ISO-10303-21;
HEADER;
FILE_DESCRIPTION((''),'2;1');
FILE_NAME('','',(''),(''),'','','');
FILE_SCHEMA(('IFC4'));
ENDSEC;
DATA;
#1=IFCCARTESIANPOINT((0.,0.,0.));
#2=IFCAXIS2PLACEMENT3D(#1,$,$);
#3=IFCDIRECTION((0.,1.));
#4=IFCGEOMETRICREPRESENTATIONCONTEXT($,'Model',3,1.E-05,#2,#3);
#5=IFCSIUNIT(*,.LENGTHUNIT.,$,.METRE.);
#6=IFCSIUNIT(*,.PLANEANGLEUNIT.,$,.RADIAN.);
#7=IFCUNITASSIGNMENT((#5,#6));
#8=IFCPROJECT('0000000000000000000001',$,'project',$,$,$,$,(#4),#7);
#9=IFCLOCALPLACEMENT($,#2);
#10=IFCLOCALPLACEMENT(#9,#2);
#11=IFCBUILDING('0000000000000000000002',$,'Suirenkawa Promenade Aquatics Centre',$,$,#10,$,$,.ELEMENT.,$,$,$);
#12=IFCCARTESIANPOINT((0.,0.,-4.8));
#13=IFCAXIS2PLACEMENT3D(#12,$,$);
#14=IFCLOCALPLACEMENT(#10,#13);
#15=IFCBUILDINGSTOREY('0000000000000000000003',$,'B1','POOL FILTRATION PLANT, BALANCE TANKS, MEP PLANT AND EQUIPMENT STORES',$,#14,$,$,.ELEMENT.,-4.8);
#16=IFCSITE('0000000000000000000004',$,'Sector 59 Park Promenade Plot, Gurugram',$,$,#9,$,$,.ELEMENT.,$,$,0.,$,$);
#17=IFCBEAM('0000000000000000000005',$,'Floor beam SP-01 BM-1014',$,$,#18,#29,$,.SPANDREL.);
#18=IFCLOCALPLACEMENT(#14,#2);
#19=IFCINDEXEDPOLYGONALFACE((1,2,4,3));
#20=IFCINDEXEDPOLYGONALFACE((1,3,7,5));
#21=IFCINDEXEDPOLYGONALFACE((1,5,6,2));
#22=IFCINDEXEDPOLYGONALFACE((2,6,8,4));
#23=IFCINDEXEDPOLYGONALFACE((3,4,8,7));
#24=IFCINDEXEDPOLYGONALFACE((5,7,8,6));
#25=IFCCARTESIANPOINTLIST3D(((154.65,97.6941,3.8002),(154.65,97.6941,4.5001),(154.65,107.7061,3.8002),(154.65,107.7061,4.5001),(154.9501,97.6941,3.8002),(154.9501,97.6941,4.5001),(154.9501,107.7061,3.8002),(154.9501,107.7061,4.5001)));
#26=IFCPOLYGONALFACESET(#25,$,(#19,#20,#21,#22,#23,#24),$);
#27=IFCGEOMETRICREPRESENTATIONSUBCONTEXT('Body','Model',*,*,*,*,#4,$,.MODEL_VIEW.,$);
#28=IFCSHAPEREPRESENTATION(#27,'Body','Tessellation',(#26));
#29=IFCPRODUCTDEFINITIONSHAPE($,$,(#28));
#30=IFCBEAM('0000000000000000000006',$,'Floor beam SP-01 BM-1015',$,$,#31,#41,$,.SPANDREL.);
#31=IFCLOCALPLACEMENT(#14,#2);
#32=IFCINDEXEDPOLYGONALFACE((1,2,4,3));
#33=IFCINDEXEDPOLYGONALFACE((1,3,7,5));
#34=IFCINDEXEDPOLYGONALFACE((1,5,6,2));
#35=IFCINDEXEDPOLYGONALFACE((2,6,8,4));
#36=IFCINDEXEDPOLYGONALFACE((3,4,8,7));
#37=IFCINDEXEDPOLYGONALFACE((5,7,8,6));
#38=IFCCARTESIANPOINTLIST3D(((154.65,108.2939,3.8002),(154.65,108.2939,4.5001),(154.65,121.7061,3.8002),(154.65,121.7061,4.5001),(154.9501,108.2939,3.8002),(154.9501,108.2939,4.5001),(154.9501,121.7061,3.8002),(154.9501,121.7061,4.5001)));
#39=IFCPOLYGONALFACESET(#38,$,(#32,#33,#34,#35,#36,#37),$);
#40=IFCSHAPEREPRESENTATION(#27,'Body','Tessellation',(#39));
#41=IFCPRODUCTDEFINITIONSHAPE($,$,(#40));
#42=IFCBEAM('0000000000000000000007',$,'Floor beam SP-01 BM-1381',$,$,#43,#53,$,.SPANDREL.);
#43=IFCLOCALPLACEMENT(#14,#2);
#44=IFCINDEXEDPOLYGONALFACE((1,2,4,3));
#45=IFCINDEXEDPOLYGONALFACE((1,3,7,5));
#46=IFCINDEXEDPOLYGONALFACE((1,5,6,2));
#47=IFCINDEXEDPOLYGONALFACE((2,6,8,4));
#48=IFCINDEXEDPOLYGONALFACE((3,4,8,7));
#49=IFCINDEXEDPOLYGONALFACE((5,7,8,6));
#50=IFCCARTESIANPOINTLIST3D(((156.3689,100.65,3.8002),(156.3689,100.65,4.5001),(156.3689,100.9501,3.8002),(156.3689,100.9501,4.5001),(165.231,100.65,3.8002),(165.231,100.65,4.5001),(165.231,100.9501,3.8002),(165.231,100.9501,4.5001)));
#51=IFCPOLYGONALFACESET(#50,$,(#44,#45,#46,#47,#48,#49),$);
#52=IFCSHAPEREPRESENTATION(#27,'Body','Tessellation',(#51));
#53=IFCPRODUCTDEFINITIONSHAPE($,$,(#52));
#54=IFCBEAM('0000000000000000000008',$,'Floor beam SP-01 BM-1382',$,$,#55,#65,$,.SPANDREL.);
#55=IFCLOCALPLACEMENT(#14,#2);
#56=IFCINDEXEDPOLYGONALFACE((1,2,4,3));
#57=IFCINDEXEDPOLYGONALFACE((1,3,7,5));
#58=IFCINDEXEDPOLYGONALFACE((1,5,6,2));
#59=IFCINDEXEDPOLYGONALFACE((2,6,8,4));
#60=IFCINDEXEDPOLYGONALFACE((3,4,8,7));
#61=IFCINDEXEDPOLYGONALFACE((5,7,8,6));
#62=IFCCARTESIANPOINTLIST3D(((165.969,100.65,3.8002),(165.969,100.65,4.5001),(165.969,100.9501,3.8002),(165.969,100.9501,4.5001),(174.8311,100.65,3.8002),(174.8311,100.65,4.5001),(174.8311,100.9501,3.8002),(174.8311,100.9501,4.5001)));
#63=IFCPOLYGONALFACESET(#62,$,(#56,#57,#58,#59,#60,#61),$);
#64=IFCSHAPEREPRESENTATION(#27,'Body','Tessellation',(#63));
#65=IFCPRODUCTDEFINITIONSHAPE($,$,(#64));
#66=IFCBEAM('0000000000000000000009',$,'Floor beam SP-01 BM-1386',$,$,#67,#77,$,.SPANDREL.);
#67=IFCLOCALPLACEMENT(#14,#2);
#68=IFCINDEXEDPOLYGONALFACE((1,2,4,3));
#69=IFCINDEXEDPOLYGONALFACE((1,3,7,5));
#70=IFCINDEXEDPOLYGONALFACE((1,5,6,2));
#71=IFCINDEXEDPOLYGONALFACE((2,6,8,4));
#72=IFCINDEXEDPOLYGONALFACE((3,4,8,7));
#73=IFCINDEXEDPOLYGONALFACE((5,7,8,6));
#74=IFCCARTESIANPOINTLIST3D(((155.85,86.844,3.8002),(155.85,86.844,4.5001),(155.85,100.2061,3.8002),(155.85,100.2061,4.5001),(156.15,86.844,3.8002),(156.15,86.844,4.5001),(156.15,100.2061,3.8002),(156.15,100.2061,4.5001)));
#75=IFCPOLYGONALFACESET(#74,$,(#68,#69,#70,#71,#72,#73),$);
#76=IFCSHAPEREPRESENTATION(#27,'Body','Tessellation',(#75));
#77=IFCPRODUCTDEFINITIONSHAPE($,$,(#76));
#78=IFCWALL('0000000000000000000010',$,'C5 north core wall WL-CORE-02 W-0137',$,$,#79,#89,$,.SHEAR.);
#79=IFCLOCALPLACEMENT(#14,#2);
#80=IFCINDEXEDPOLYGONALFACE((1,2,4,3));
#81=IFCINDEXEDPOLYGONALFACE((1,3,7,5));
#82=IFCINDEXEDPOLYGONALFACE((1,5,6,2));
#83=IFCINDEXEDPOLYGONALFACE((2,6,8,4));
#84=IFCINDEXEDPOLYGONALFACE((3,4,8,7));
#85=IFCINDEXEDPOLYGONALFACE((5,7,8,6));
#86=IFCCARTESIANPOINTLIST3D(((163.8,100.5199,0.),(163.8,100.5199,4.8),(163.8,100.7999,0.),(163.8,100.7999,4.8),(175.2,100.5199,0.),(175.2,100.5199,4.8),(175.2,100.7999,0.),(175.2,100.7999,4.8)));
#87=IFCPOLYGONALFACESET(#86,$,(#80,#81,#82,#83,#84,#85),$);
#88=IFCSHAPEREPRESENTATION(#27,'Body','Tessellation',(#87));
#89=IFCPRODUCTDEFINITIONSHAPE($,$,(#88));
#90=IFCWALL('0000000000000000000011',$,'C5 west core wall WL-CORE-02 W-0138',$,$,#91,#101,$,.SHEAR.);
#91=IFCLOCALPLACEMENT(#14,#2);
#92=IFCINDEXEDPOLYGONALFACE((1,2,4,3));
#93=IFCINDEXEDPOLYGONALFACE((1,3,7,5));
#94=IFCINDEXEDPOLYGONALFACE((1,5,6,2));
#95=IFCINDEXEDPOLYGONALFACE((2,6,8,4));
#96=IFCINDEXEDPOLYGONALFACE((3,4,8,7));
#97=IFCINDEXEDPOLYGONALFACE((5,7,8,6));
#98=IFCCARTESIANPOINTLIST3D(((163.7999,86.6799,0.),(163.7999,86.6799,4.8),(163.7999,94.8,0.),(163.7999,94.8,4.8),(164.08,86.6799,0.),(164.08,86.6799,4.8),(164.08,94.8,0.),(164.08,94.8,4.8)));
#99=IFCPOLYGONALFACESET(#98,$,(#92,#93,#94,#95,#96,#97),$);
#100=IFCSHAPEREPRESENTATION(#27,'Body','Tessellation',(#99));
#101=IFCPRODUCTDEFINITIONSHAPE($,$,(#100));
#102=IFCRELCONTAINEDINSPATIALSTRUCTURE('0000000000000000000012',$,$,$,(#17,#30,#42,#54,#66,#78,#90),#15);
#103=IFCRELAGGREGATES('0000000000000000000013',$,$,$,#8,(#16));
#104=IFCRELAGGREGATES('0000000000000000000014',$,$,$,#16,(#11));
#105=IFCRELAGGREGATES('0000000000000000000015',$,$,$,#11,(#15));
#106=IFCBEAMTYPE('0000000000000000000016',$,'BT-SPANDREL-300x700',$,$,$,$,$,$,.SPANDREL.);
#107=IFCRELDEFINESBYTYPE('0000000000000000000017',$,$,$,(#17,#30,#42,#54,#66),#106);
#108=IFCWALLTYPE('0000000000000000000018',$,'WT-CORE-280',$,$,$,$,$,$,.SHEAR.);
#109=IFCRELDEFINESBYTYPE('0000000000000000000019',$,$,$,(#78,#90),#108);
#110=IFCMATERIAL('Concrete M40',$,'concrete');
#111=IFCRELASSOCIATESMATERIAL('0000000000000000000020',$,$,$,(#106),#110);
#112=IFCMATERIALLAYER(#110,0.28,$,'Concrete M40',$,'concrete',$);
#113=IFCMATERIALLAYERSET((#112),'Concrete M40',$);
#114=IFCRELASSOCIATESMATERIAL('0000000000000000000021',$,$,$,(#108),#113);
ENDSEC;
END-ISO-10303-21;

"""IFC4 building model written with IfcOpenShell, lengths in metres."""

from ifc_helpers import new_model, si_unit, direction, frame, frame_2d, origin, origin_2d, place, context, subcontext, project, spatial, rectangle, extrude, material, layer, layer_set, material_profile, profile_set, type_object, element, save


model = new_model("IFC4")

# Units and contexts
model_context = context("Model", 3, precision=1e-05, world=origin(), true_north=direction((0.0, 1.0)))
body_context = subcontext(model_context, "Body", "Model", "MODEL_VIEW")
ifc_project = project(units=[si_unit("LENGTHUNIT", "METRE"), si_unit("PLANEANGLEUNIT", "RADIAN")], contexts=[model_context])

# Site, building, storey
site_placement = place(None, origin())
site = spatial("IfcSite", under=ifc_project, at=site_placement, Name="Sector 59 Park Promenade Plot, Gurugram", CompositionType="ELEMENT", RefElevation=0.0)
building_placement = place(site_placement, origin())
building = spatial("IfcBuilding", under=site, at=building_placement, Name="Suirenkawa Promenade Aquatics Centre", CompositionType="ELEMENT")
storey_placement = place(building_placement, frame((0.0, 0.0, -4.8)))
storey = spatial("IfcBuildingStorey", under=building, at=storey_placement, Name="B1", Description="POOL FILTRATION PLANT, BALANCE TANKS, MEP PLANT AND EQUIPMENT STORES", CompositionType="ELEMENT", Elevation=-4.8)

# Shared definitions
ifc_material_1 = material(Name="Concrete M40", Category="concrete")

# Beams
ifc_material_profile_1 = material_profile(ifc_material_1, rectangle(XDim=0.3, YDim=0.7, at=origin_2d()), Name="RC SPANDREL 300x700", Category="concrete")
ifc_profile_set_1 = profile_set([ifc_material_profile_1], Name="Concrete M40")
beam_type = type_object("IfcBeamType", Name="BT-SPANDREL-300x700", PredefinedType="SPANDREL", material=ifc_profile_set_1)
beam_1_placement = place(storey_placement, frame((154.8, 97.6941, 4.1501), z_axis=(0.0, 1.0, 0.0), x_axis=(-1.0, 0.0, 0.0)))
element("IfcBeam", 1, at=beam_1_placement, inside=storey, type_object=beam_type, Name="Floor beam SP-01 BM-1014", PredefinedType="SPANDREL", context=body_context, shape_type="SweptSolid", body=[
    extrude(rectangle(XDim=0.3, YDim=0.7, at=origin_2d()), origin(), (0.0, 0.0, 1.0), 10.012),
])
beam_2_placement = place(storey_placement, frame((154.8, 108.2939, 4.1501), z_axis=(0.0, 1.0, 0.0), x_axis=(-1.0, 0.0, 0.0)))
element("IfcBeam", 2, at=beam_2_placement, inside=storey, type_object=beam_type, Name="Floor beam SP-01 BM-1015", PredefinedType="SPANDREL", context=body_context, shape_type="SweptSolid", body=[
    extrude(rectangle(XDim=0.3, YDim=0.7, at=origin_2d()), origin(), (0.0, 0.0, 1.0), 13.4121),
])
for number, where, z_axis, x_axis, name in (
    (3, (156.3689, 100.8, 4.1501), (1.0, 0.0, 0.0), (0.0, 1.0, 0.0), "Floor beam SP-01 BM-1381"),
    (4, (165.969, 100.8, 4.1501), (1.0, 0.0, 0.0), (0.0, 1.0, 0.0), "Floor beam SP-01 BM-1382"),
):
    element("IfcBeam", number, at=place(storey_placement, frame(where, z_axis=z_axis, x_axis=x_axis)), inside=storey, type_object=beam_type, Name=name, PredefinedType="SPANDREL", context=body_context, shape_type="SweptSolid", body=[
        extrude(rectangle(XDim=0.3, YDim=0.7, at=origin_2d()), origin(), (0.0, 0.0, 1.0), 8.8621),
    ])
beam_3_placement = place(storey_placement, frame((156.0, 86.844, 4.1501), z_axis=(0.0, 1.0, 0.0), x_axis=(-1.0, 0.0, 0.0)))
element("IfcBeam", 5, at=beam_3_placement, inside=storey, type_object=beam_type, Name="Floor beam SP-01 BM-1386", PredefinedType="SPANDREL", context=body_context, shape_type="SweptSolid", body=[
    extrude(rectangle(XDim=0.3, YDim=0.7, at=origin_2d()), origin(), (0.0, 0.0, 1.0), 13.3621),
])

# Walls
ifc_layer = layer(ifc_material_1, 0.28, Name="Concrete M40", Category="concrete")
ifc_layer_set = layer_set([ifc_layer], Name="Concrete M40")
wall_type = type_object("IfcWallType", Name="WT-CORE-280", PredefinedType="SHEAR", material=ifc_layer_set)
wall_1_placement = place(storey_placement, frame((163.8, 100.6599, 0.0), z_axis=(0.0, 0.0, 1.0), x_axis=(1.0, 0.0, 0.0)))
element("IfcWall", 6, at=wall_1_placement, inside=storey, type_object=wall_type, Name="C5 north core wall WL-CORE-02 W-0137", PredefinedType="SHEAR", context=body_context, shape_type="SweptSolid", body=[
    extrude(rectangle(XDim=11.3999, YDim=0.28, at=frame_2d((5.7, 0.0))), origin(), (0.0, 0.0, 1.0), 4.8),
])
wall_2_placement = place(storey_placement, frame((163.9399, 86.6799, 0.0), z_axis=(0.0, 0.0, 1.0), x_axis=(0.0, 1.0, 0.0)))
element("IfcWall", 7, at=wall_2_placement, inside=storey, type_object=wall_type, Name="C5 west core wall WL-CORE-02 W-0138", PredefinedType="SHEAR", context=body_context, shape_type="SweptSolid", body=[
    extrude(rectangle(XDim=8.1201, YDim=0.28, at=frame_2d((4.0601, 0.0))), origin(), (0.0, 0.0, 1.0), 4.8),
])

save(model, "model.ifc")
